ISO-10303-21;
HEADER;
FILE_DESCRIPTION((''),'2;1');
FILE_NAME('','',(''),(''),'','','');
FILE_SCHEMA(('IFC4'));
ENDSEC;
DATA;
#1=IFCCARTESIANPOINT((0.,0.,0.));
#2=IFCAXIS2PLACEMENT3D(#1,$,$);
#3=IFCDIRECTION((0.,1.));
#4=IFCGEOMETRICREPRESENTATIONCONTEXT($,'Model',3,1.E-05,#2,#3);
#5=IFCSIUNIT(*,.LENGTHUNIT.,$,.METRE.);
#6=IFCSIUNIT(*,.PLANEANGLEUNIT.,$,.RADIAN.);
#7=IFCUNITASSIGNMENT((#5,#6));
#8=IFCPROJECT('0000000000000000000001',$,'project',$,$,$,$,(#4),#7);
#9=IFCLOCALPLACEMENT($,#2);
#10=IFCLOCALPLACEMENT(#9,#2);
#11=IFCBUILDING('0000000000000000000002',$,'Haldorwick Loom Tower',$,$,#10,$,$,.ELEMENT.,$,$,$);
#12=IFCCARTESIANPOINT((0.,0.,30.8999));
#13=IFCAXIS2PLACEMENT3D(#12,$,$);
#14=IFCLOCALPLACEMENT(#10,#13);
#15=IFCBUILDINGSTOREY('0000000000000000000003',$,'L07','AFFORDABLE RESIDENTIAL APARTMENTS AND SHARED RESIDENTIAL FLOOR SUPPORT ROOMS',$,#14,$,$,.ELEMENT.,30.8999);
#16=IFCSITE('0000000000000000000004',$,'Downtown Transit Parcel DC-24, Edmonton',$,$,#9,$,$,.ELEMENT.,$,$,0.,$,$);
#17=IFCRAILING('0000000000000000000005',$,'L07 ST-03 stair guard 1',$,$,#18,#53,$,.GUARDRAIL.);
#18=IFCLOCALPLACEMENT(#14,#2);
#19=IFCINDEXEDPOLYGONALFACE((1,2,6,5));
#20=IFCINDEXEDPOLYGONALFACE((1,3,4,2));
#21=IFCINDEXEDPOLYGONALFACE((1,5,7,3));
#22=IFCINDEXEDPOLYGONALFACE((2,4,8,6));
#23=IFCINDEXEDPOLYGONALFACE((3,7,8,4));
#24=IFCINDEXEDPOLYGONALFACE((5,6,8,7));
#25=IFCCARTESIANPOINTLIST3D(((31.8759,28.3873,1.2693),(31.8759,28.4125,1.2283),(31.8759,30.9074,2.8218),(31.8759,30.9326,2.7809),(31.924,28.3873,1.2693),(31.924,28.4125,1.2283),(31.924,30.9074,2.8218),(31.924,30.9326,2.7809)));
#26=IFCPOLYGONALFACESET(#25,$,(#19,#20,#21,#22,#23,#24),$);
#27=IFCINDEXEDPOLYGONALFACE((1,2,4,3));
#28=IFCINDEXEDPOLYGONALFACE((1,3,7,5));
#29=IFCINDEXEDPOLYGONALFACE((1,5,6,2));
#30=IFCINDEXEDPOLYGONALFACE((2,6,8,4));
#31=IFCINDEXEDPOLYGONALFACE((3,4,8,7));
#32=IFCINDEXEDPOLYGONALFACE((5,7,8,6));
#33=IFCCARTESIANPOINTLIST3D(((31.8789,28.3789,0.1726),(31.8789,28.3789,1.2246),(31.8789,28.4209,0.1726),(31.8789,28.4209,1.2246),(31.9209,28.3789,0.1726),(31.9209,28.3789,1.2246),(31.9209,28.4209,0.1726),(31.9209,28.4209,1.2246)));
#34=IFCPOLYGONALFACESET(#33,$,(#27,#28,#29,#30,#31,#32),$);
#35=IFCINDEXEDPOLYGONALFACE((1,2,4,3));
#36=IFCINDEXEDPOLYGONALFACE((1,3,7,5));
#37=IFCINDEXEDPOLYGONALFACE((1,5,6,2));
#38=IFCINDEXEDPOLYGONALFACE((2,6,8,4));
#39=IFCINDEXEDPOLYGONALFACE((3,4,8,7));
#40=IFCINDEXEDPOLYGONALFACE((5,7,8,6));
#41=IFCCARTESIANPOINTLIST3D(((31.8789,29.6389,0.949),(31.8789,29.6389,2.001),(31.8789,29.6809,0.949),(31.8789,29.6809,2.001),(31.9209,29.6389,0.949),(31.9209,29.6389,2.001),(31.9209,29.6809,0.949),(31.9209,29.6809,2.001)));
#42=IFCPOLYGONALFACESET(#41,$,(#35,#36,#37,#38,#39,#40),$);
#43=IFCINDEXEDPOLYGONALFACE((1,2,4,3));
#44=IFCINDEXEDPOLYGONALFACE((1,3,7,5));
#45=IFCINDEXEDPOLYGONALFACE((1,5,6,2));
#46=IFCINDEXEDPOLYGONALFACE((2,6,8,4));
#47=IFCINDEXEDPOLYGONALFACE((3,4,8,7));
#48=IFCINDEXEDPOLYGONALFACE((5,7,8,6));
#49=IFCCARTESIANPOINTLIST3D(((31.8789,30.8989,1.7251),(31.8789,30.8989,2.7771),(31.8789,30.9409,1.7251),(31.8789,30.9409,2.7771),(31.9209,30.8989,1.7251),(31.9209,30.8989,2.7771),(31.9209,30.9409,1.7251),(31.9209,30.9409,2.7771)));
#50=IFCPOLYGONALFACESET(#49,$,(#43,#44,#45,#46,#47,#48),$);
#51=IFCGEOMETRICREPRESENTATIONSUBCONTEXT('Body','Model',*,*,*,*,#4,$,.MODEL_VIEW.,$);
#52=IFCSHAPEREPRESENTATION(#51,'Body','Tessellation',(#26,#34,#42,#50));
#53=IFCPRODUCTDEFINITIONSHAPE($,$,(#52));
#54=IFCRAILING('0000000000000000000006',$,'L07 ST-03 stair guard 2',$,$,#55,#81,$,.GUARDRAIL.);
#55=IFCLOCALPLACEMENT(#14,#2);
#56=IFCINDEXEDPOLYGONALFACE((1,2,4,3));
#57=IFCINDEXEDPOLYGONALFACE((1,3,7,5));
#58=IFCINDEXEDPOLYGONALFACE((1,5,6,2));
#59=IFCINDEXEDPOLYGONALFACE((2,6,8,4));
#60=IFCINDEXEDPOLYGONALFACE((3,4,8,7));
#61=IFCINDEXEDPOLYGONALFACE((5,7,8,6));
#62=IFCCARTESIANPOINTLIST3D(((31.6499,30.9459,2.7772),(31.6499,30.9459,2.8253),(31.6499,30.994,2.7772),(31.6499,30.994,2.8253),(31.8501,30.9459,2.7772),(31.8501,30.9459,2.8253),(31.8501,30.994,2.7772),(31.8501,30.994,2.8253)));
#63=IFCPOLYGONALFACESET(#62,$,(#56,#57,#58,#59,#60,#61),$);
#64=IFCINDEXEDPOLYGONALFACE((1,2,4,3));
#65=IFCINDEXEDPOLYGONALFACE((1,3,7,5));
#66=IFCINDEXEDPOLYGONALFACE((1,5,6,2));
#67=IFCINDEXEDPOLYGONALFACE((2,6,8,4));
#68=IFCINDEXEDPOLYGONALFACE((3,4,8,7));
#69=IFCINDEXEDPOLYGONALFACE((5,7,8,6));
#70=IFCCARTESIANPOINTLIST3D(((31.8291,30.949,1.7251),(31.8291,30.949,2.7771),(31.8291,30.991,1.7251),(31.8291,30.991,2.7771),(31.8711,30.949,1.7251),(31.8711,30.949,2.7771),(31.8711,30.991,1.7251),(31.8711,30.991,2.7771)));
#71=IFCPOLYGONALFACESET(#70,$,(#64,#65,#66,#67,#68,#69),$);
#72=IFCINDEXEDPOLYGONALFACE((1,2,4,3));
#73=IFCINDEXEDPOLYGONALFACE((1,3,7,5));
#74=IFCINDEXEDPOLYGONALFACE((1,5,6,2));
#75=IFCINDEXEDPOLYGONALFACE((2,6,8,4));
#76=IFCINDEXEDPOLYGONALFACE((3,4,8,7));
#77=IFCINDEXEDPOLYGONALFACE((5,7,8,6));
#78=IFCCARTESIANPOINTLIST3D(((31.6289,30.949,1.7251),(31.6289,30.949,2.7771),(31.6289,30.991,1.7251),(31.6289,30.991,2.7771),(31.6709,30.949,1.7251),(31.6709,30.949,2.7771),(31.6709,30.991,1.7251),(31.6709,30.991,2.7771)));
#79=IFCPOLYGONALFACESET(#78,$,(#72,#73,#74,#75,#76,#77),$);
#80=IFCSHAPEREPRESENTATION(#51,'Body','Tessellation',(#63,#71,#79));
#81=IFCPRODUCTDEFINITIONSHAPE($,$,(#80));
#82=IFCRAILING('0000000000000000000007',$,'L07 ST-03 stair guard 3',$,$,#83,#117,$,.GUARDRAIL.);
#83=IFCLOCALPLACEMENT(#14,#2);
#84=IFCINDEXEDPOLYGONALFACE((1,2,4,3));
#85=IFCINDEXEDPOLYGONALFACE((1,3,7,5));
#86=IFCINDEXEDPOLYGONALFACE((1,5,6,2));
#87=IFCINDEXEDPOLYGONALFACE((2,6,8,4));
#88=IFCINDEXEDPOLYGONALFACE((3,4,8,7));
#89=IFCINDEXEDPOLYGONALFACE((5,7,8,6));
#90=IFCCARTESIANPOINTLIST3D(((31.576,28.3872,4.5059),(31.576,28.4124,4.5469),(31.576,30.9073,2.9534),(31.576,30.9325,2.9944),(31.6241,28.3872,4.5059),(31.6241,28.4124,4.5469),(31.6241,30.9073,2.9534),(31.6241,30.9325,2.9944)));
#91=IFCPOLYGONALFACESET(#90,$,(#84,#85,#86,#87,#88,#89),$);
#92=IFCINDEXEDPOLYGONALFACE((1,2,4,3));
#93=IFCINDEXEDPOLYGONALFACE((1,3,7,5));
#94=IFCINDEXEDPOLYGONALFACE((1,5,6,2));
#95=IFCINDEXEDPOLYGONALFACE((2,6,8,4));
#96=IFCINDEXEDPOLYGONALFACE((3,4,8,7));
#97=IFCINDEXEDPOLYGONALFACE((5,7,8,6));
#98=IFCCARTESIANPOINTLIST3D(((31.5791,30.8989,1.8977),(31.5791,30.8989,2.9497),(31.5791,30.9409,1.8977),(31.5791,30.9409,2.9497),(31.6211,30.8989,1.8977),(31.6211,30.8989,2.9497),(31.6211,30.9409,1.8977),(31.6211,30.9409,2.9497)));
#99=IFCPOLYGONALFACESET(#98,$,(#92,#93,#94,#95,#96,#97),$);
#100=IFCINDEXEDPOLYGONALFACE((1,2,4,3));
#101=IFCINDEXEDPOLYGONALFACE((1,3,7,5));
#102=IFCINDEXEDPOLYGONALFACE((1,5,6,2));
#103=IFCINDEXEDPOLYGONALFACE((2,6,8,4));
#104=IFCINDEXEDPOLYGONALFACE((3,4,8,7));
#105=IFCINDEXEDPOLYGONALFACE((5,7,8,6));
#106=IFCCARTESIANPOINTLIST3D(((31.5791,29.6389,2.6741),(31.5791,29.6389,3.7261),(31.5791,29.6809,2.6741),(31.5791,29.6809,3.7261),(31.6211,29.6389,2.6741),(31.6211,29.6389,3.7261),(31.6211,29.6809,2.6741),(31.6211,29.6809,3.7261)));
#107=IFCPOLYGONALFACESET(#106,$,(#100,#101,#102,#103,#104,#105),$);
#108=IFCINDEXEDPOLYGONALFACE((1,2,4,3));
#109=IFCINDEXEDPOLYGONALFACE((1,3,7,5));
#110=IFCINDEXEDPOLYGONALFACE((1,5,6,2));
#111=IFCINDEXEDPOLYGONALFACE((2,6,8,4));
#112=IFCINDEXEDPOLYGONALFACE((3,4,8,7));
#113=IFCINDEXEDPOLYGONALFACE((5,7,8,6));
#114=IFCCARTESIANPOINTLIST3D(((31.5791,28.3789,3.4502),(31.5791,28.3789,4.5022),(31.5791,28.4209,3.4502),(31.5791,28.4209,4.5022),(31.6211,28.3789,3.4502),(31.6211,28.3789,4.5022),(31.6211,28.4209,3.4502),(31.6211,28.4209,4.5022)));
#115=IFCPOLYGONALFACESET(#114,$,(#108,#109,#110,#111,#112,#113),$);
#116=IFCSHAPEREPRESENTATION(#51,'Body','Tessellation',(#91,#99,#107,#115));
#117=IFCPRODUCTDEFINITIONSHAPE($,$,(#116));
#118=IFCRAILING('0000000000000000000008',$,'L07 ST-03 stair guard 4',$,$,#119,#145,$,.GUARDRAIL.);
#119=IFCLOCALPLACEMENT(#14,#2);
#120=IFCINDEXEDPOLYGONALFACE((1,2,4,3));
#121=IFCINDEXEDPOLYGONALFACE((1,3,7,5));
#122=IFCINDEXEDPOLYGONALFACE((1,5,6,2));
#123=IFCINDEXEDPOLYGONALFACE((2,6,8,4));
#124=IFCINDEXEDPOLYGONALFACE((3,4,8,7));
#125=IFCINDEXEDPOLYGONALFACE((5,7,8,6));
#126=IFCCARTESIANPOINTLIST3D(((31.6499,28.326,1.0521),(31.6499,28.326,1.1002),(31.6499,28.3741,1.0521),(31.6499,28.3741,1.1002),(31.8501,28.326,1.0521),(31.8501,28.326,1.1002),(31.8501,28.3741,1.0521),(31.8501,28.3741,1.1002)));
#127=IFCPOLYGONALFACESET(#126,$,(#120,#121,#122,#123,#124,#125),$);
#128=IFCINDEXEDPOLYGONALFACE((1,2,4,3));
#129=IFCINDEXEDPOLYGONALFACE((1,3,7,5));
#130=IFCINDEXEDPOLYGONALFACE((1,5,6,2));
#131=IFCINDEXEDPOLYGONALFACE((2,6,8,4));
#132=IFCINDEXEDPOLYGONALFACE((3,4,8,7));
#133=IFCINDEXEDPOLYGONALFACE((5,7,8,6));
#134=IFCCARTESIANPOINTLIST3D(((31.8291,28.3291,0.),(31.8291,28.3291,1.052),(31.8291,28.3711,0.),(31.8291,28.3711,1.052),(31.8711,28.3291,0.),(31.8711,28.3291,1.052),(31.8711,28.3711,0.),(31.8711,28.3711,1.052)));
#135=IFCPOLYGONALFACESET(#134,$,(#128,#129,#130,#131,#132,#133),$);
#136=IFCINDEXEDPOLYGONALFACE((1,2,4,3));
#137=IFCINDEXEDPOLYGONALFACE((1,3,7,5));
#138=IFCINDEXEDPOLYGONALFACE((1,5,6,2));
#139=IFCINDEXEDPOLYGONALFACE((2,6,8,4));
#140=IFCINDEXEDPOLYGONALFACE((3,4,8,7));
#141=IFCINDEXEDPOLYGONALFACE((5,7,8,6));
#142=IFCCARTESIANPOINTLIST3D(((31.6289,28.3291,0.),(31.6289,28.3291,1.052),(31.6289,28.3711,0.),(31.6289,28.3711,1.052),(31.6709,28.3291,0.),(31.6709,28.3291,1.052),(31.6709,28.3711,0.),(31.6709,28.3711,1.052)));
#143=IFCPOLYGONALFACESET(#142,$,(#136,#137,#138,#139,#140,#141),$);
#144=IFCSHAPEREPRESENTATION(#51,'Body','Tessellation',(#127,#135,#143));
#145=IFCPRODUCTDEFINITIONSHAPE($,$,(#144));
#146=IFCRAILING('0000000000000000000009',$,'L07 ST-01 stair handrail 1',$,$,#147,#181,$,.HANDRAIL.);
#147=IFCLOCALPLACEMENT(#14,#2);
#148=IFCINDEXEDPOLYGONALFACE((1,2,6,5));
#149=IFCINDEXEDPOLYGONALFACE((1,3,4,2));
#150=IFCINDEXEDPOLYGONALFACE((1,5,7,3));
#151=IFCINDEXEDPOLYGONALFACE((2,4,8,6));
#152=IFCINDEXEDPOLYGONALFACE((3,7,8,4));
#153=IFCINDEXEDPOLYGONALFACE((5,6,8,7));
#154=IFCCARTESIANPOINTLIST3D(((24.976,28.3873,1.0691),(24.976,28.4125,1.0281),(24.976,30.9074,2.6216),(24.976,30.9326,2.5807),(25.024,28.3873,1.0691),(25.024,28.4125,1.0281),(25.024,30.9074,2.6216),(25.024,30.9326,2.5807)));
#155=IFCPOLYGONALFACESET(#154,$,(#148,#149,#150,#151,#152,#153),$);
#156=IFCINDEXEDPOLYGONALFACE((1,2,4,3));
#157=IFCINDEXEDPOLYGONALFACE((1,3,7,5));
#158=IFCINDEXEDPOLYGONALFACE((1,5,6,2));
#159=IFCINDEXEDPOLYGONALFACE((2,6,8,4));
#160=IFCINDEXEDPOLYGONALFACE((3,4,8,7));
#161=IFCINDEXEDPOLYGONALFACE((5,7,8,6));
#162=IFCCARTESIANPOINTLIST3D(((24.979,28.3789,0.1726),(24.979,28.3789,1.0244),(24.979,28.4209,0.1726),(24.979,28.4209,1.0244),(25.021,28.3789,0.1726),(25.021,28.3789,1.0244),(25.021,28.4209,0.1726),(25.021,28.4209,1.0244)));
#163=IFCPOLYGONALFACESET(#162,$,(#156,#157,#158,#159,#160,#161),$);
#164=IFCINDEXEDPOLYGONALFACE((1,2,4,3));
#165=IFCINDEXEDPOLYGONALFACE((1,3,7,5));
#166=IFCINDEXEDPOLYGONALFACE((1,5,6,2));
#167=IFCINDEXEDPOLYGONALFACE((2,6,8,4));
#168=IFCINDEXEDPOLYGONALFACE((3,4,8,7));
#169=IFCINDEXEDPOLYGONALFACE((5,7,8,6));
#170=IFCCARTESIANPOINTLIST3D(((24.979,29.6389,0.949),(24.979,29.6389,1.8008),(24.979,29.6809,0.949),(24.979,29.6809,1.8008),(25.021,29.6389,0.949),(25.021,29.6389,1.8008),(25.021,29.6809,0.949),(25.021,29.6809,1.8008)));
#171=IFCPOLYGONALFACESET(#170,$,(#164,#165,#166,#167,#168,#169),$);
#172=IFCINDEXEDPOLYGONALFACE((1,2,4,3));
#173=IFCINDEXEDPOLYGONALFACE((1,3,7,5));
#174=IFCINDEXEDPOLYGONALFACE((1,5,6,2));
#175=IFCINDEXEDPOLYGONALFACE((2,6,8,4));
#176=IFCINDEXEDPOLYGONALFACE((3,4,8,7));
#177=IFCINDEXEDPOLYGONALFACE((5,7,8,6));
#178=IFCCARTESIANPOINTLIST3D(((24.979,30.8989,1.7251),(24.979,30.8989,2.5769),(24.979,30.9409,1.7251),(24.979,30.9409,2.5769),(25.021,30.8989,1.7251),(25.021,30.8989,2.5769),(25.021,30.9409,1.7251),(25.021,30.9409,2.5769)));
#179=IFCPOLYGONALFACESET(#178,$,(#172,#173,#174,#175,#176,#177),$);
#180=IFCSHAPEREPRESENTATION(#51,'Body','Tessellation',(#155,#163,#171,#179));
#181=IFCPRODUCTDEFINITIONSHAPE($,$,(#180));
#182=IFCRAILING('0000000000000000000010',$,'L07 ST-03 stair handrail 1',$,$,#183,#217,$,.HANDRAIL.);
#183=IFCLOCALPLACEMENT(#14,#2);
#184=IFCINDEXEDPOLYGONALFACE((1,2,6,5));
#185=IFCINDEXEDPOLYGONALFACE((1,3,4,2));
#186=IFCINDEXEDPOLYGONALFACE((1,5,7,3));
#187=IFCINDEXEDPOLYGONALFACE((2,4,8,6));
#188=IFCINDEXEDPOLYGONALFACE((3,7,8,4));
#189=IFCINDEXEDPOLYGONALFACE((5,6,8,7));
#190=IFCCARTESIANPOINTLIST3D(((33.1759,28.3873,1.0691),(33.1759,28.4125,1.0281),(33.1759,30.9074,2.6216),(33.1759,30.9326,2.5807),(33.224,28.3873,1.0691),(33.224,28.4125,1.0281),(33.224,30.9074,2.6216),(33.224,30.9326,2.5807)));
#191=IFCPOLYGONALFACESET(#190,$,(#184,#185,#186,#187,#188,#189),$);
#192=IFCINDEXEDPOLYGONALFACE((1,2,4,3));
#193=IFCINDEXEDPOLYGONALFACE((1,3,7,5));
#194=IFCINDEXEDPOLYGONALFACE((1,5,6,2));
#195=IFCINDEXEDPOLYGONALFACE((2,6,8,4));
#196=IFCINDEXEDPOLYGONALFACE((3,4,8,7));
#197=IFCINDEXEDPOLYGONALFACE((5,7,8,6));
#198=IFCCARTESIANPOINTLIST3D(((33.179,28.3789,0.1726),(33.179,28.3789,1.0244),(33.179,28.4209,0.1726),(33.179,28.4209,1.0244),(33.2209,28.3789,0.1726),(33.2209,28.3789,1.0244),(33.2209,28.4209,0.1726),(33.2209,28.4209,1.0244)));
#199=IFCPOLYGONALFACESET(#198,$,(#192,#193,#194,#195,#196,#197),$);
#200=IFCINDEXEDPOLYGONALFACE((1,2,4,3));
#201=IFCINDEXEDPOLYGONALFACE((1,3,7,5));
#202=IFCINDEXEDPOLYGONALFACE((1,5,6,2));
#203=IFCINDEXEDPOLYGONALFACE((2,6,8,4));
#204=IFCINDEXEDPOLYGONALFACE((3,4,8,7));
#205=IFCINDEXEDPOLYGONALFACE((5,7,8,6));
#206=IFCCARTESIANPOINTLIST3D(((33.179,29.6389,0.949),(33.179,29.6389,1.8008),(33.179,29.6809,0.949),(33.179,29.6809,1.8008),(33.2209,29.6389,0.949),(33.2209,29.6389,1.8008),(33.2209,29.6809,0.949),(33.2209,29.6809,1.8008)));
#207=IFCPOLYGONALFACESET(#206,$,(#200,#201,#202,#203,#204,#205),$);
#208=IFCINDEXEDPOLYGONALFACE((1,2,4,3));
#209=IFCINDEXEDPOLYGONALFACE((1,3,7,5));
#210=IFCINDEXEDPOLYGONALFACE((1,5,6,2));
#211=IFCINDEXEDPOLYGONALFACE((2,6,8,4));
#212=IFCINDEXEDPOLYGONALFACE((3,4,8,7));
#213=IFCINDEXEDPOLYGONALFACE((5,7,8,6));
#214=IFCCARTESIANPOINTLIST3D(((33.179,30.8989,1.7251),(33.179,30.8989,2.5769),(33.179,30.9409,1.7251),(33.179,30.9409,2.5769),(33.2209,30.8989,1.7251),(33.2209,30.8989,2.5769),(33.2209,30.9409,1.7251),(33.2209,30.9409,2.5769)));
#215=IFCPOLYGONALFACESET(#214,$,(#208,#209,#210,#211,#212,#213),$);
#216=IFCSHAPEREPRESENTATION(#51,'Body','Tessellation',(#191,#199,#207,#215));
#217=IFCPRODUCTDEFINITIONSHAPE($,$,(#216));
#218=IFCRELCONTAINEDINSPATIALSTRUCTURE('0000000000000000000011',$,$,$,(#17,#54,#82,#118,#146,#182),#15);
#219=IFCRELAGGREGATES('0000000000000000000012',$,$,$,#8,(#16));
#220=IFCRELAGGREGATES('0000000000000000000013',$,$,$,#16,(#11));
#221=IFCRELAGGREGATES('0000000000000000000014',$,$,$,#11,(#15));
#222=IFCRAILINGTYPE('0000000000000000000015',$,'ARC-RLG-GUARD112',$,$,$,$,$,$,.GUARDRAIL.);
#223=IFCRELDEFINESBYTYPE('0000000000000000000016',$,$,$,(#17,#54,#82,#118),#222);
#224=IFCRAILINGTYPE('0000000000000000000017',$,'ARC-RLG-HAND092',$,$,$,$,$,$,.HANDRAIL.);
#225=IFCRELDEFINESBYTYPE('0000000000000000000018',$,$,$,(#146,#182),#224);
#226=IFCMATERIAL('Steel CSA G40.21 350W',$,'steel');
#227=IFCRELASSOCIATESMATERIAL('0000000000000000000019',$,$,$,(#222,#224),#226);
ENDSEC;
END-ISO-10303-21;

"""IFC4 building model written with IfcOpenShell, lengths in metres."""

from ifc_helpers import new_model, si_unit, direction, frame, origin, origin_2d, place, context, subcontext, project, spatial, rectangle, extrude, material, type_object, element, save


model = new_model("IFC4")

# Units and contexts
model_context = context("Model", 3, precision=1e-05, world=origin(), true_north=direction((0.0, 1.0)))
body_context = subcontext(model_context, "Body", "Model", "MODEL_VIEW")
ifc_project = project(units=[si_unit("LENGTHUNIT", "METRE"), si_unit("PLANEANGLEUNIT", "RADIAN")], contexts=[model_context])

# Site, building, storey
site_placement = place(None, origin())
site = spatial("IfcSite", under=ifc_project, at=site_placement, Name="Downtown Transit Parcel DC-24, Edmonton", CompositionType="ELEMENT", RefElevation=0.0)
building_placement = place(site_placement, origin())
building = spatial("IfcBuilding", under=site, at=building_placement, Name="Haldorwick Loom Tower", CompositionType="ELEMENT")
storey_placement = place(building_placement, frame((0.0, 0.0, 30.8999)))
storey = spatial("IfcBuildingStorey", under=building, at=storey_placement, Name="L07", Description="AFFORDABLE RESIDENTIAL APARTMENTS AND SHARED RESIDENTIAL FLOOR SUPPORT ROOMS", CompositionType="ELEMENT", Elevation=30.8999)

# Shared definitions
ifc_material_1 = material(Name="Steel CSA G40.21 350W", Category="steel")

# Railings
railing_type_1 = type_object("IfcRailingType", Name="ARC-RLG-GUARD112", PredefinedType="GUARDRAIL", material=ifc_material_1)
railing_1_placement = place(storey_placement, frame((31.8999, 28.3999, 0.1726)))
element("IfcRailing", 1, at=railing_1_placement, inside=storey, type_object=railing_type_1, Name="L07 ST-03 stair guard 1", PredefinedType="GUARDRAIL", context=body_context, shape_type="SweptSolid", body=[
    extrude(rectangle(XDim=0.0481, YDim=0.0481, at=origin_2d()), frame((0.0, 0.0, 1.0762), z_axis=(0.0, 0.8514, 0.524516), x_axis=(-1.0, 0.0, 0.0)), (0.0, 0.0, 1.0), 2.96),
    extrude(rectangle(XDim=0.042, YDim=0.042, at=origin_2d()), origin(), (0.0, 0.0, 1.0), 1.052),
    extrude(rectangle(XDim=0.042, YDim=0.042, at=origin_2d()), frame((0.0, 1.26, 0.7764)), (0.0, 0.0, 1.0), 1.052),
    extrude(rectangle(XDim=0.042, YDim=0.042, at=origin_2d()), frame((0.0, 2.52, 1.5525)), (0.0, 0.0, 1.0), 1.052),
])
railing_2_placement = place(storey_placement, frame((31.8501, 30.97, 1.7251)))
element("IfcRailing", 2, at=railing_2_placement, inside=storey, type_object=railing_type_1, Name="L07 ST-03 stair guard 2", PredefinedType="GUARDRAIL", context=body_context, shape_type="SweptSolid", body=[
    extrude(rectangle(XDim=0.0481, YDim=0.0481, at=origin_2d()), frame((0.0, 0.0, 1.0762), z_axis=(-1.0, 0.0, 0.0), x_axis=(0.0, -1.0, 0.0)), (0.0, 0.0, 1.0), 0.2002),
    extrude(rectangle(XDim=0.042, YDim=0.042, at=origin_2d()), origin(), (0.0, 0.0, 1.0), 1.052),
    extrude(rectangle(XDim=0.042, YDim=0.042, at=origin_2d()), frame((-0.2002, 0.0, 0.0)), (0.0, 0.0, 1.0), 1.052),
])
railing_3_placement = place(storey_placement, frame((31.6001, 30.9199, 1.8977)))
element("IfcRailing", 3, at=railing_3_placement, inside=storey, type_object=railing_type_1, Name="L07 ST-03 stair guard 3", PredefinedType="GUARDRAIL", context=body_context, shape_type="SweptSolid", body=[
    extrude(rectangle(XDim=0.0481, YDim=0.0481, at=origin_2d()), frame((0.0, 0.0, 1.0762), z_axis=(0.0, -0.8514, 0.524516), x_axis=(1.0, 0.0, 0.0)), (0.0, 0.0, 1.0), 2.96),
    extrude(rectangle(XDim=0.042, YDim=0.042, at=origin_2d()), origin(), (0.0, 0.0, 1.0), 1.052),
    extrude(rectangle(XDim=0.042, YDim=0.042, at=origin_2d()), frame((0.0, -1.26, 0.7764)), (0.0, 0.0, 1.0), 1.052),
    extrude(rectangle(XDim=0.042, YDim=0.042, at=origin_2d()), frame((0.0, -2.52, 1.5525)), (0.0, 0.0, 1.0), 1.052),
])
railing_4_placement = place(storey_placement, frame((31.8501, 28.3501, 0.0)))
element("IfcRailing", 4, at=railing_4_placement, inside=storey, type_object=railing_type_1, Name="L07 ST-03 stair guard 4", PredefinedType="GUARDRAIL", context=body_context, shape_type="SweptSolid", body=[
    extrude(rectangle(XDim=0.0481, YDim=0.0481, at=origin_2d()), frame((0.0, 0.0, 1.0762), z_axis=(-1.0, 0.0, 0.0), x_axis=(0.0, -1.0, 0.0)), (0.0, 0.0, 1.0), 0.2002),
    extrude(rectangle(XDim=0.042, YDim=0.042, at=origin_2d()), origin(), (0.0, 0.0, 1.0), 1.052),
    extrude(rectangle(XDim=0.042, YDim=0.042, at=origin_2d()), frame((-0.2002, 0.0, 0.0)), (0.0, 0.0, 1.0), 1.052),
])
railing_type_2 = type_object("IfcRailingType", Name="ARC-RLG-HAND092", PredefinedType="HANDRAIL", material=ifc_material_1)
for number, where, name in (
    (5, (25.0, 28.3999, 0.1726), "L07 ST-01 stair handrail 1"),
    (6, (33.2, 28.3999, 0.1726), "L07 ST-03 stair handrail 1"),
):
    element("IfcRailing", number, at=place(storey_placement, frame(where)), inside=storey, type_object=railing_type_2, Name=name, PredefinedType="HANDRAIL", context=body_context, shape_type="SweptSolid", body=[
        extrude(rectangle(XDim=0.0481, YDim=0.0481, at=origin_2d()), frame((0.0, 0.0, 0.876), z_axis=(0.0, 0.8514, 0.524516), x_axis=(-1.0, 0.0, 0.0)), (0.0, 0.0, 1.0), 2.96),
        extrude(rectangle(XDim=0.042, YDim=0.042, at=origin_2d()), origin(), (0.0, 0.0, 1.0), 0.8518),
        extrude(rectangle(XDim=0.042, YDim=0.042, at=origin_2d()), frame((0.0, 1.26, 0.7764)), (0.0, 0.0, 1.0), 0.8518),
        extrude(rectangle(XDim=0.042, YDim=0.042, at=origin_2d()), frame((0.0, 2.52, 1.5525)), (0.0, 0.0, 1.0), 0.8518),
    ])

save(model, "model.ifc")
